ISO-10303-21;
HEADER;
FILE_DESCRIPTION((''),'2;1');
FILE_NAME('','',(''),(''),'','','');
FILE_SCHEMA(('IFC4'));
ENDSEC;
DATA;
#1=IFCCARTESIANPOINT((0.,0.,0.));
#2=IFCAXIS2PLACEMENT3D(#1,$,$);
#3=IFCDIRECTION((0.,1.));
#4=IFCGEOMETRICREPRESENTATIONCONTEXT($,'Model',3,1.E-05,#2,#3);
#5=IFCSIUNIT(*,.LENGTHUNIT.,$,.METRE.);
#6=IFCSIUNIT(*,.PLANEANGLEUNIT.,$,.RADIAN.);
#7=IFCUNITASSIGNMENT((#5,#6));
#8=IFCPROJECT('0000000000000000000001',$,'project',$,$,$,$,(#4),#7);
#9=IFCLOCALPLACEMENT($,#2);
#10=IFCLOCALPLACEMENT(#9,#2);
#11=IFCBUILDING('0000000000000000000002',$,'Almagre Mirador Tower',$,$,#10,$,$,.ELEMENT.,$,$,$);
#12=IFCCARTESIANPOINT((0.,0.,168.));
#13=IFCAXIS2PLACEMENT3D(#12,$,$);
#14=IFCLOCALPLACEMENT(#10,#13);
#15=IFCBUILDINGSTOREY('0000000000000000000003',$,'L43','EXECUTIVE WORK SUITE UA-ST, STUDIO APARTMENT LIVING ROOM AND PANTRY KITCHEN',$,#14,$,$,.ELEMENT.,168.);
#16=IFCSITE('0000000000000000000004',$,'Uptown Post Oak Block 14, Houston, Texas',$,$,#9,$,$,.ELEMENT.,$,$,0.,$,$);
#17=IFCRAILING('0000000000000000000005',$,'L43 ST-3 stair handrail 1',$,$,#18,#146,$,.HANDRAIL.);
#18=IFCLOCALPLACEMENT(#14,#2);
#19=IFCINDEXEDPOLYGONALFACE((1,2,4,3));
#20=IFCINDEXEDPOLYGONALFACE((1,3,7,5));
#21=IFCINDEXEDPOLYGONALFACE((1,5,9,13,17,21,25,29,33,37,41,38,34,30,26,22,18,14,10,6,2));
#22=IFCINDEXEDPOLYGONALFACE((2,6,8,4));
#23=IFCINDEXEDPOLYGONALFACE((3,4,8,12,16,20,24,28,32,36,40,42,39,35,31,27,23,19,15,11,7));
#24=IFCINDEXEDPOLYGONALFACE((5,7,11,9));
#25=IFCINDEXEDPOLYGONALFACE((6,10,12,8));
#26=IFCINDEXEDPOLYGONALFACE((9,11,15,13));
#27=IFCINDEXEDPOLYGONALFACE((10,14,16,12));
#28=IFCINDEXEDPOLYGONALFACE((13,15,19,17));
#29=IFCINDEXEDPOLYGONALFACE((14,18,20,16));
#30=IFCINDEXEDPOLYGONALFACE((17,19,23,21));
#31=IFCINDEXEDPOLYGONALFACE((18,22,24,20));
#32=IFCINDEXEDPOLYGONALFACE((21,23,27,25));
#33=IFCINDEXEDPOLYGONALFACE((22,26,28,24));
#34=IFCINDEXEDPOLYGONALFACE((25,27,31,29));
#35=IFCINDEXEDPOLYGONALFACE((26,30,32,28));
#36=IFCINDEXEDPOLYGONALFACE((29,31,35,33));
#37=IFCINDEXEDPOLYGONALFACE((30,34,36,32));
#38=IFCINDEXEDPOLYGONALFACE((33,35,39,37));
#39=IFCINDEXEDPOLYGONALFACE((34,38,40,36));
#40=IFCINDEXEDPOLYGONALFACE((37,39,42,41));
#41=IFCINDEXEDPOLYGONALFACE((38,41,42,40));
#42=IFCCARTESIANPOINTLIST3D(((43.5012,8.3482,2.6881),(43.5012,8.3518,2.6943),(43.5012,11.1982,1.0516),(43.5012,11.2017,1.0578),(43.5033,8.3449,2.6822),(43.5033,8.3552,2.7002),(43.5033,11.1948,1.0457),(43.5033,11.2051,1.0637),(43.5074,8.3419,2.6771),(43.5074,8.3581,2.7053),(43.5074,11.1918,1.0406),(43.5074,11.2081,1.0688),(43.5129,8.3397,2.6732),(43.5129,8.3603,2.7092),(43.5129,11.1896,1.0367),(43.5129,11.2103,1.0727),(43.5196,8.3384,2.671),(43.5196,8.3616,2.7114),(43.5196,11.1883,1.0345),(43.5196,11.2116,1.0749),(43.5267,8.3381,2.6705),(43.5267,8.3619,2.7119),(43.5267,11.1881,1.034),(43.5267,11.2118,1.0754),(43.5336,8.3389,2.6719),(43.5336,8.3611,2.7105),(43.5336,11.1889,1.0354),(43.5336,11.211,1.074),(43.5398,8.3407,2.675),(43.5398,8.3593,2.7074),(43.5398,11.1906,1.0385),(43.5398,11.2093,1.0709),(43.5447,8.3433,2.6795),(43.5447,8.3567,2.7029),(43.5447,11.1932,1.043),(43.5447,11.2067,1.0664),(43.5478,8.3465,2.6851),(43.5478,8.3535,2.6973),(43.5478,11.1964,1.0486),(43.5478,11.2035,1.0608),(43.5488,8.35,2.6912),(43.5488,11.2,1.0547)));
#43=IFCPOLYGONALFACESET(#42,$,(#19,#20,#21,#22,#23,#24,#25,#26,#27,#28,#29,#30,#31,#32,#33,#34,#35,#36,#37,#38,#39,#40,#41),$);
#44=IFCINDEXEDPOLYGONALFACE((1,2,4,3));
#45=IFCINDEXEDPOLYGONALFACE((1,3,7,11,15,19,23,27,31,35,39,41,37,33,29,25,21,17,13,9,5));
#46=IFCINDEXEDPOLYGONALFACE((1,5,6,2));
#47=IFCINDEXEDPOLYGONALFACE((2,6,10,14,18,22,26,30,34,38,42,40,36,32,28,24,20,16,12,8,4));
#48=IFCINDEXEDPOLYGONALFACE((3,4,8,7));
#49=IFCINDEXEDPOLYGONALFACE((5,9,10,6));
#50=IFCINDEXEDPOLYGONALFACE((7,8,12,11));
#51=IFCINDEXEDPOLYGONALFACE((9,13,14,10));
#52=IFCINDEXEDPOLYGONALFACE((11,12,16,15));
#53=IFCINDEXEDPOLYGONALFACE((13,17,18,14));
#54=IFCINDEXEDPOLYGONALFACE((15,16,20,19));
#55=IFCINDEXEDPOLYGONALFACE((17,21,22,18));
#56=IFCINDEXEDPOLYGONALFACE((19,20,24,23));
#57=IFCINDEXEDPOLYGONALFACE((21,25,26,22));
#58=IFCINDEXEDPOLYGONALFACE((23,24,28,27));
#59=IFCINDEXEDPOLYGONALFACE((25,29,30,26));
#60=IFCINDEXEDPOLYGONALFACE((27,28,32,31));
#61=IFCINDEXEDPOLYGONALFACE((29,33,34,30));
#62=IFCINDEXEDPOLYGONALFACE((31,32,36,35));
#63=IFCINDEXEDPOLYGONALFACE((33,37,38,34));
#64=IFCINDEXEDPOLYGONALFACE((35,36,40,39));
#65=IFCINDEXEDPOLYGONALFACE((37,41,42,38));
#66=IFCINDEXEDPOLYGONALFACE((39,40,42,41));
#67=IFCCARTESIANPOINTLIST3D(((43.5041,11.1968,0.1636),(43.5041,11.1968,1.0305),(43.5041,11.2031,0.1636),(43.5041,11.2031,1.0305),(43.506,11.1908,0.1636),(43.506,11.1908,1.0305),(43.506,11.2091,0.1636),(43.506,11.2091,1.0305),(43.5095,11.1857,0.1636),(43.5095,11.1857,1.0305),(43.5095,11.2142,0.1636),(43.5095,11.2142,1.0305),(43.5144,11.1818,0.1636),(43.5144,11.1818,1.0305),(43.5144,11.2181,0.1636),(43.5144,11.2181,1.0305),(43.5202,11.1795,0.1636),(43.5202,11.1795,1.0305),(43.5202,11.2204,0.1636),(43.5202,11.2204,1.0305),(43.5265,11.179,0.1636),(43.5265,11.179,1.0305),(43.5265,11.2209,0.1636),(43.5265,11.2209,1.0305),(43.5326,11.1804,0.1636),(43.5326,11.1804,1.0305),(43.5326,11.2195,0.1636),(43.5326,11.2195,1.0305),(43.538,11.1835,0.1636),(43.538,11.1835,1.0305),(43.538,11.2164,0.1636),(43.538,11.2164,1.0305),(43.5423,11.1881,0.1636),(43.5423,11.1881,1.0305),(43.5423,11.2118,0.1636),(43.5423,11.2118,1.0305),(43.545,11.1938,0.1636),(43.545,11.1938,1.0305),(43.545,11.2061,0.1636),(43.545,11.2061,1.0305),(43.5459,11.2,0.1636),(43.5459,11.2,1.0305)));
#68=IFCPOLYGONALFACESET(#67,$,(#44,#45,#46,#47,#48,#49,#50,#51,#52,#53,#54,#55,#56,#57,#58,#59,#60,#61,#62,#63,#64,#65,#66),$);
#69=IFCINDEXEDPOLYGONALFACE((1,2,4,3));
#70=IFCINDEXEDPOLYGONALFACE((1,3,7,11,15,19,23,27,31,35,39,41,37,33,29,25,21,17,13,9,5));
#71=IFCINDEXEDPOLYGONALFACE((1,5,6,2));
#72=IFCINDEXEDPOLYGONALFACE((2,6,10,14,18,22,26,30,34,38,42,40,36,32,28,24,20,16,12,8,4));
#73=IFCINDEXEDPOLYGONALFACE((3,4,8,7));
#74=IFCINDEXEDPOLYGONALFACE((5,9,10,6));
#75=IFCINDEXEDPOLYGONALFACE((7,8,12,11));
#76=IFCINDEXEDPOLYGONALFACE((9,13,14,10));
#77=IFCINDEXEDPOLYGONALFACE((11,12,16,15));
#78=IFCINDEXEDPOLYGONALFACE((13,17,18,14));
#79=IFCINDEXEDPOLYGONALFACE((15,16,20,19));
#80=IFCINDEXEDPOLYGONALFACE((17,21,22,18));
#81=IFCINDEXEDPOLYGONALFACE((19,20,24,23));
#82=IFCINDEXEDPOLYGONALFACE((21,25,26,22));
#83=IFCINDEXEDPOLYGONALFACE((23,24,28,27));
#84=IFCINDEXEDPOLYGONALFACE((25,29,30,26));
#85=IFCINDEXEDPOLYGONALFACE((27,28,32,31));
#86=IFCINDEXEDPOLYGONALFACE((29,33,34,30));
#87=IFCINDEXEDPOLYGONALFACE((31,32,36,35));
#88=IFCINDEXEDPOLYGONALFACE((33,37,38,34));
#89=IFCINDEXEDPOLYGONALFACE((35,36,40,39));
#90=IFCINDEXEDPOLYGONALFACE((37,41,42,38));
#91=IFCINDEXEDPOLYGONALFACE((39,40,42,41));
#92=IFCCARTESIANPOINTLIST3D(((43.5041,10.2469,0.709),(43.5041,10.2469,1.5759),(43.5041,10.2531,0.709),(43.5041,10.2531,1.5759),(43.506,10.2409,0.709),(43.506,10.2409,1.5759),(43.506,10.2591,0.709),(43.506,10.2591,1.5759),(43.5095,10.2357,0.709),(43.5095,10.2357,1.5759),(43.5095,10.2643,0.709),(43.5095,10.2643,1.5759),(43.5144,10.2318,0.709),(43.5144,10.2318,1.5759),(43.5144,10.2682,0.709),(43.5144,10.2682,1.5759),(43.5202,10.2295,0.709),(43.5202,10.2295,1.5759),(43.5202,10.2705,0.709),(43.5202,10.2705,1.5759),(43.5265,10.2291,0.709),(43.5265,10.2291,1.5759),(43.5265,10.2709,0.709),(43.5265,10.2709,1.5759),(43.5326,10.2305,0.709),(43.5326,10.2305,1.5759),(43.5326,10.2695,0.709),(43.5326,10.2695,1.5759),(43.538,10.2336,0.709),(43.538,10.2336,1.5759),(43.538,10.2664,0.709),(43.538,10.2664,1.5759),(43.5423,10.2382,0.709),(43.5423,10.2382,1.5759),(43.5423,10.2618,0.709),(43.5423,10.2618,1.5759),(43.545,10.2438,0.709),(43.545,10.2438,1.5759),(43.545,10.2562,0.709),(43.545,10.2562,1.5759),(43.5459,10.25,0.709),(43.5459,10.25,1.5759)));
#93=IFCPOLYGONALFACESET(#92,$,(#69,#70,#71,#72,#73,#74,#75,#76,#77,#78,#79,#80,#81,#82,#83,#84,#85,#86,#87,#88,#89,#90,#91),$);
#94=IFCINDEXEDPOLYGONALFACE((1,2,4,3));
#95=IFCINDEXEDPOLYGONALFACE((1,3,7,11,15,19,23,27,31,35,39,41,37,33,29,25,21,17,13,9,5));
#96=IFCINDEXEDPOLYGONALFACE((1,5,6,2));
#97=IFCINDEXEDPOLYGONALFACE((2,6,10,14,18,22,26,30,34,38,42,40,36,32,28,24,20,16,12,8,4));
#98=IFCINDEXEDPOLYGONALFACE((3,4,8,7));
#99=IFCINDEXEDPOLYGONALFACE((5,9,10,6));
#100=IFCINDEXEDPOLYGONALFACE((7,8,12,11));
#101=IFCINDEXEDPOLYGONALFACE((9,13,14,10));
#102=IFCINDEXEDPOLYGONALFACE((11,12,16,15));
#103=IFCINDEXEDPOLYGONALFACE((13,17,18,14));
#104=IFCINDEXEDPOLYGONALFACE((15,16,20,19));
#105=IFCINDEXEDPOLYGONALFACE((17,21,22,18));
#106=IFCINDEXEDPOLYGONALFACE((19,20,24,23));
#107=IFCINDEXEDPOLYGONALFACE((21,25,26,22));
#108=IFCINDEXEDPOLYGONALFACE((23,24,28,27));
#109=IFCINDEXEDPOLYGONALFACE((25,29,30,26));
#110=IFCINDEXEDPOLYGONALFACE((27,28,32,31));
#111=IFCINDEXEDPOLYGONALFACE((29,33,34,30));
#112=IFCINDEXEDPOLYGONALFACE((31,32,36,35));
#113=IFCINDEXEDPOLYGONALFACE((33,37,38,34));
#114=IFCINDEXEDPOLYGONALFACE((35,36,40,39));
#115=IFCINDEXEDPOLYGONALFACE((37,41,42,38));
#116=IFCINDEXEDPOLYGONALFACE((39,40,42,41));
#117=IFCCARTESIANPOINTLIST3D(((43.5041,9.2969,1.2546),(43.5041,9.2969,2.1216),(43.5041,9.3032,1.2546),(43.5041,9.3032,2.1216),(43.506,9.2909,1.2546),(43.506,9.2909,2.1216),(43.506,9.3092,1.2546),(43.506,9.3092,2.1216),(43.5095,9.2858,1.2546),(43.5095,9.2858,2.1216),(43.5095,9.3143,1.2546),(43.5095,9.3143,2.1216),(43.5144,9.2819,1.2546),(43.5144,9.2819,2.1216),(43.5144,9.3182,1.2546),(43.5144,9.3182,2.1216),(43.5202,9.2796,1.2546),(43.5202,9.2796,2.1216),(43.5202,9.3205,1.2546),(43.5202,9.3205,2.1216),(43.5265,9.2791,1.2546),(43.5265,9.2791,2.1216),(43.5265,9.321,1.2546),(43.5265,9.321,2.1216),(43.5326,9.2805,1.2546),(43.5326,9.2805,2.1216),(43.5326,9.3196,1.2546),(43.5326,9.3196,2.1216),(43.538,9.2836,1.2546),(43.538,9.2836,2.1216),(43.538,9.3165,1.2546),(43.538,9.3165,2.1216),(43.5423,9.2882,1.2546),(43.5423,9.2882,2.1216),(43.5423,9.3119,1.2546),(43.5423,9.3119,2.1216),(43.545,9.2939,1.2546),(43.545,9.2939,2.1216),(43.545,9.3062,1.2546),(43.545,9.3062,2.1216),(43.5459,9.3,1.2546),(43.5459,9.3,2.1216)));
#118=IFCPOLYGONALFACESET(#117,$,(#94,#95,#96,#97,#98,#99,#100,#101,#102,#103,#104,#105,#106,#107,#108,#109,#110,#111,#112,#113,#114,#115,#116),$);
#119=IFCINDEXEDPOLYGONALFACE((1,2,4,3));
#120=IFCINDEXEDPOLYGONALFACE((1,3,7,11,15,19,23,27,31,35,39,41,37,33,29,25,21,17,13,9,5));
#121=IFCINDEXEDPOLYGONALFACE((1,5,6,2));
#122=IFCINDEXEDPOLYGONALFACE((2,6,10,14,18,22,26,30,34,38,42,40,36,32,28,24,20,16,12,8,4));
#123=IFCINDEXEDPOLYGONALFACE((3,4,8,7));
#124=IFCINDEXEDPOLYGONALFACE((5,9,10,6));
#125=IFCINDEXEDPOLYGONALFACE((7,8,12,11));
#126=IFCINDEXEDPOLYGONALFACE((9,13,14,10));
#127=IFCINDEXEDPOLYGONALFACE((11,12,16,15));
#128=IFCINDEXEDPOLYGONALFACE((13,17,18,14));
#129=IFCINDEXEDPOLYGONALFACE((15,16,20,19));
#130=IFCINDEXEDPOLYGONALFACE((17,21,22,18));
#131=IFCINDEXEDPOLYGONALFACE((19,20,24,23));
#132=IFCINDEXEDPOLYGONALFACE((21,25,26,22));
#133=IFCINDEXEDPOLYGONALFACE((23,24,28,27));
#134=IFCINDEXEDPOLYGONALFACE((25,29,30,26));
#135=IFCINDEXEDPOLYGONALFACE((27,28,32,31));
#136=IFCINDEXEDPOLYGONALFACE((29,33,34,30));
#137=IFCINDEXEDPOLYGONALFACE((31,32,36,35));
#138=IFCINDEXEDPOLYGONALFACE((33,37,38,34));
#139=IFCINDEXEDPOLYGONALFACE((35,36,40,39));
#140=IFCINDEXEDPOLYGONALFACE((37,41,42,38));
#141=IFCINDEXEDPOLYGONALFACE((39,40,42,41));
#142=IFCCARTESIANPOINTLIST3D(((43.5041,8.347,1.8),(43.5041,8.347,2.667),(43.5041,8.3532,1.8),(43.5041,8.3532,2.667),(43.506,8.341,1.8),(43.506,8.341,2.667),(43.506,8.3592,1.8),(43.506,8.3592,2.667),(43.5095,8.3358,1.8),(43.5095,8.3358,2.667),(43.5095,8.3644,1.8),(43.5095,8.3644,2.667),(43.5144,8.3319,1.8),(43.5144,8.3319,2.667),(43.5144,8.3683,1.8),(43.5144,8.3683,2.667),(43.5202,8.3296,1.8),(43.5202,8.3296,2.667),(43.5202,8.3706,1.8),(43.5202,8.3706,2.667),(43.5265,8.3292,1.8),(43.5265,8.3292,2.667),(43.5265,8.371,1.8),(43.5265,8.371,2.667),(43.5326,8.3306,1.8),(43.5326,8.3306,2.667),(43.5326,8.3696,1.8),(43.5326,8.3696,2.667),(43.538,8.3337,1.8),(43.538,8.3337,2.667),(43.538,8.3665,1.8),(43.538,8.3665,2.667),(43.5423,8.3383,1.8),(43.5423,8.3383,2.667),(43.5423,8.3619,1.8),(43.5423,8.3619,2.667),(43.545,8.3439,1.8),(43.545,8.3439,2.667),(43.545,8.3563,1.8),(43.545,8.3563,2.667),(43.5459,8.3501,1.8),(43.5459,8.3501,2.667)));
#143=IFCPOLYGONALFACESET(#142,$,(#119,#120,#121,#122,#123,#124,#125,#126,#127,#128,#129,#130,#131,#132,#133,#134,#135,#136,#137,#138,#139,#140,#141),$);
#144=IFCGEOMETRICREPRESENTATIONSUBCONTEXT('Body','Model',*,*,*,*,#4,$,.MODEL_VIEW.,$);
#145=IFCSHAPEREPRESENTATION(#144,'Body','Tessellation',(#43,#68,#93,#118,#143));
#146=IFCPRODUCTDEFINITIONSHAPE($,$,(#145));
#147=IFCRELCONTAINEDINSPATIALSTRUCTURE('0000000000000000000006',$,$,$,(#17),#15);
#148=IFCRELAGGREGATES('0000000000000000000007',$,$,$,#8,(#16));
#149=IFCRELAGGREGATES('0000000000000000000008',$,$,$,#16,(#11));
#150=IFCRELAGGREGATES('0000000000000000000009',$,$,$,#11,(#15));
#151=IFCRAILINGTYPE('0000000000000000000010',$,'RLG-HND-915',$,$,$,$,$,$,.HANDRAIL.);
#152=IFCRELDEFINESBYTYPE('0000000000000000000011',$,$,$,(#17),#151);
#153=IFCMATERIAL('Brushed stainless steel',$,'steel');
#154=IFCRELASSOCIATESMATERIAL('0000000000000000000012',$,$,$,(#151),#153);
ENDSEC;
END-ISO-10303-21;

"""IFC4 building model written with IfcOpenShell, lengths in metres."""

from ifc_helpers import new_model, si_unit, direction, frame, origin, origin_2d, place, context, subcontext, project, spatial, circle, extrude, material, type_object, element, save


model = new_model("IFC4")

# Units and contexts
model_context = context("Model", 3, precision=1e-05, world=origin(), true_north=direction((0.0, 1.0)))
body_context = subcontext(model_context, "Body", "Model", "MODEL_VIEW")
ifc_project = project(units=[si_unit("LENGTHUNIT", "METRE"), si_unit("PLANEANGLEUNIT", "RADIAN")], contexts=[model_context])

# Site, building, storey
site_placement = place(None, origin())
site = spatial("IfcSite", under=ifc_project, at=site_placement, Name="Uptown Post Oak Block 14, Houston, Texas", CompositionType="ELEMENT", RefElevation=0.0)
building_placement = place(site_placement, origin())
building = spatial("IfcBuilding", under=site, at=building_placement, Name="Almagre Mirador Tower", CompositionType="ELEMENT")
storey_placement = place(building_placement, frame((0.0, 0.0, 168.0)))
storey = spatial("IfcBuildingStorey", under=building, at=storey_placement, Name="L43", Description="EXECUTIVE WORK SUITE UA-ST, STUDIO APARTMENT LIVING ROOM AND PANTRY KITCHEN", CompositionType="ELEMENT", Elevation=168.0)

# Railing
ifc_material_1 = material(Name="Brushed stainless steel", Category="steel")
railing_type_1 = type_object("IfcRailingType", Name="RLG-HND-915", PredefinedType="HANDRAIL", material=ifc_material_1)
railing_1_placement = place(storey_placement, frame((43.5249, 11.2, 0.1636)))
element("IfcRailing", 1, at=railing_1_placement, inside=storey, type_object=railing_type_1, Name="L43 ST-3 stair handrail 1", PredefinedType="HANDRAIL", context=body_context, shape_type="SweptSolid", body=[
    extrude(circle(Radius=0.0239, at=origin_2d()), frame((0.0, 0.0, 0.8911), z_axis=(0.0, -0.867194, 0.49797), x_axis=(1.0, 0.0, 0.0)), (0.0, 0.0, 1.0), 3.2864),
    extrude(circle(Radius=0.021, at=origin_2d()), origin(), (0.0, 0.0, 1.0), 0.8669),
    extrude(circle(Radius=0.021, at=origin_2d()), frame((0.0, -0.95, 0.5454)), (0.0, 0.0, 1.0), 0.8669),
    extrude(circle(Radius=0.021, at=origin_2d()), frame((0.0, -1.8999, 1.0911)), (0.0, 0.0, 1.0), 0.8669),
    extrude(circle(Radius=0.021, at=origin_2d()), frame((0.0, -2.8499, 1.6365)), (0.0, 0.0, 1.0), 0.8669),
])

save(model, "model.ifc")
